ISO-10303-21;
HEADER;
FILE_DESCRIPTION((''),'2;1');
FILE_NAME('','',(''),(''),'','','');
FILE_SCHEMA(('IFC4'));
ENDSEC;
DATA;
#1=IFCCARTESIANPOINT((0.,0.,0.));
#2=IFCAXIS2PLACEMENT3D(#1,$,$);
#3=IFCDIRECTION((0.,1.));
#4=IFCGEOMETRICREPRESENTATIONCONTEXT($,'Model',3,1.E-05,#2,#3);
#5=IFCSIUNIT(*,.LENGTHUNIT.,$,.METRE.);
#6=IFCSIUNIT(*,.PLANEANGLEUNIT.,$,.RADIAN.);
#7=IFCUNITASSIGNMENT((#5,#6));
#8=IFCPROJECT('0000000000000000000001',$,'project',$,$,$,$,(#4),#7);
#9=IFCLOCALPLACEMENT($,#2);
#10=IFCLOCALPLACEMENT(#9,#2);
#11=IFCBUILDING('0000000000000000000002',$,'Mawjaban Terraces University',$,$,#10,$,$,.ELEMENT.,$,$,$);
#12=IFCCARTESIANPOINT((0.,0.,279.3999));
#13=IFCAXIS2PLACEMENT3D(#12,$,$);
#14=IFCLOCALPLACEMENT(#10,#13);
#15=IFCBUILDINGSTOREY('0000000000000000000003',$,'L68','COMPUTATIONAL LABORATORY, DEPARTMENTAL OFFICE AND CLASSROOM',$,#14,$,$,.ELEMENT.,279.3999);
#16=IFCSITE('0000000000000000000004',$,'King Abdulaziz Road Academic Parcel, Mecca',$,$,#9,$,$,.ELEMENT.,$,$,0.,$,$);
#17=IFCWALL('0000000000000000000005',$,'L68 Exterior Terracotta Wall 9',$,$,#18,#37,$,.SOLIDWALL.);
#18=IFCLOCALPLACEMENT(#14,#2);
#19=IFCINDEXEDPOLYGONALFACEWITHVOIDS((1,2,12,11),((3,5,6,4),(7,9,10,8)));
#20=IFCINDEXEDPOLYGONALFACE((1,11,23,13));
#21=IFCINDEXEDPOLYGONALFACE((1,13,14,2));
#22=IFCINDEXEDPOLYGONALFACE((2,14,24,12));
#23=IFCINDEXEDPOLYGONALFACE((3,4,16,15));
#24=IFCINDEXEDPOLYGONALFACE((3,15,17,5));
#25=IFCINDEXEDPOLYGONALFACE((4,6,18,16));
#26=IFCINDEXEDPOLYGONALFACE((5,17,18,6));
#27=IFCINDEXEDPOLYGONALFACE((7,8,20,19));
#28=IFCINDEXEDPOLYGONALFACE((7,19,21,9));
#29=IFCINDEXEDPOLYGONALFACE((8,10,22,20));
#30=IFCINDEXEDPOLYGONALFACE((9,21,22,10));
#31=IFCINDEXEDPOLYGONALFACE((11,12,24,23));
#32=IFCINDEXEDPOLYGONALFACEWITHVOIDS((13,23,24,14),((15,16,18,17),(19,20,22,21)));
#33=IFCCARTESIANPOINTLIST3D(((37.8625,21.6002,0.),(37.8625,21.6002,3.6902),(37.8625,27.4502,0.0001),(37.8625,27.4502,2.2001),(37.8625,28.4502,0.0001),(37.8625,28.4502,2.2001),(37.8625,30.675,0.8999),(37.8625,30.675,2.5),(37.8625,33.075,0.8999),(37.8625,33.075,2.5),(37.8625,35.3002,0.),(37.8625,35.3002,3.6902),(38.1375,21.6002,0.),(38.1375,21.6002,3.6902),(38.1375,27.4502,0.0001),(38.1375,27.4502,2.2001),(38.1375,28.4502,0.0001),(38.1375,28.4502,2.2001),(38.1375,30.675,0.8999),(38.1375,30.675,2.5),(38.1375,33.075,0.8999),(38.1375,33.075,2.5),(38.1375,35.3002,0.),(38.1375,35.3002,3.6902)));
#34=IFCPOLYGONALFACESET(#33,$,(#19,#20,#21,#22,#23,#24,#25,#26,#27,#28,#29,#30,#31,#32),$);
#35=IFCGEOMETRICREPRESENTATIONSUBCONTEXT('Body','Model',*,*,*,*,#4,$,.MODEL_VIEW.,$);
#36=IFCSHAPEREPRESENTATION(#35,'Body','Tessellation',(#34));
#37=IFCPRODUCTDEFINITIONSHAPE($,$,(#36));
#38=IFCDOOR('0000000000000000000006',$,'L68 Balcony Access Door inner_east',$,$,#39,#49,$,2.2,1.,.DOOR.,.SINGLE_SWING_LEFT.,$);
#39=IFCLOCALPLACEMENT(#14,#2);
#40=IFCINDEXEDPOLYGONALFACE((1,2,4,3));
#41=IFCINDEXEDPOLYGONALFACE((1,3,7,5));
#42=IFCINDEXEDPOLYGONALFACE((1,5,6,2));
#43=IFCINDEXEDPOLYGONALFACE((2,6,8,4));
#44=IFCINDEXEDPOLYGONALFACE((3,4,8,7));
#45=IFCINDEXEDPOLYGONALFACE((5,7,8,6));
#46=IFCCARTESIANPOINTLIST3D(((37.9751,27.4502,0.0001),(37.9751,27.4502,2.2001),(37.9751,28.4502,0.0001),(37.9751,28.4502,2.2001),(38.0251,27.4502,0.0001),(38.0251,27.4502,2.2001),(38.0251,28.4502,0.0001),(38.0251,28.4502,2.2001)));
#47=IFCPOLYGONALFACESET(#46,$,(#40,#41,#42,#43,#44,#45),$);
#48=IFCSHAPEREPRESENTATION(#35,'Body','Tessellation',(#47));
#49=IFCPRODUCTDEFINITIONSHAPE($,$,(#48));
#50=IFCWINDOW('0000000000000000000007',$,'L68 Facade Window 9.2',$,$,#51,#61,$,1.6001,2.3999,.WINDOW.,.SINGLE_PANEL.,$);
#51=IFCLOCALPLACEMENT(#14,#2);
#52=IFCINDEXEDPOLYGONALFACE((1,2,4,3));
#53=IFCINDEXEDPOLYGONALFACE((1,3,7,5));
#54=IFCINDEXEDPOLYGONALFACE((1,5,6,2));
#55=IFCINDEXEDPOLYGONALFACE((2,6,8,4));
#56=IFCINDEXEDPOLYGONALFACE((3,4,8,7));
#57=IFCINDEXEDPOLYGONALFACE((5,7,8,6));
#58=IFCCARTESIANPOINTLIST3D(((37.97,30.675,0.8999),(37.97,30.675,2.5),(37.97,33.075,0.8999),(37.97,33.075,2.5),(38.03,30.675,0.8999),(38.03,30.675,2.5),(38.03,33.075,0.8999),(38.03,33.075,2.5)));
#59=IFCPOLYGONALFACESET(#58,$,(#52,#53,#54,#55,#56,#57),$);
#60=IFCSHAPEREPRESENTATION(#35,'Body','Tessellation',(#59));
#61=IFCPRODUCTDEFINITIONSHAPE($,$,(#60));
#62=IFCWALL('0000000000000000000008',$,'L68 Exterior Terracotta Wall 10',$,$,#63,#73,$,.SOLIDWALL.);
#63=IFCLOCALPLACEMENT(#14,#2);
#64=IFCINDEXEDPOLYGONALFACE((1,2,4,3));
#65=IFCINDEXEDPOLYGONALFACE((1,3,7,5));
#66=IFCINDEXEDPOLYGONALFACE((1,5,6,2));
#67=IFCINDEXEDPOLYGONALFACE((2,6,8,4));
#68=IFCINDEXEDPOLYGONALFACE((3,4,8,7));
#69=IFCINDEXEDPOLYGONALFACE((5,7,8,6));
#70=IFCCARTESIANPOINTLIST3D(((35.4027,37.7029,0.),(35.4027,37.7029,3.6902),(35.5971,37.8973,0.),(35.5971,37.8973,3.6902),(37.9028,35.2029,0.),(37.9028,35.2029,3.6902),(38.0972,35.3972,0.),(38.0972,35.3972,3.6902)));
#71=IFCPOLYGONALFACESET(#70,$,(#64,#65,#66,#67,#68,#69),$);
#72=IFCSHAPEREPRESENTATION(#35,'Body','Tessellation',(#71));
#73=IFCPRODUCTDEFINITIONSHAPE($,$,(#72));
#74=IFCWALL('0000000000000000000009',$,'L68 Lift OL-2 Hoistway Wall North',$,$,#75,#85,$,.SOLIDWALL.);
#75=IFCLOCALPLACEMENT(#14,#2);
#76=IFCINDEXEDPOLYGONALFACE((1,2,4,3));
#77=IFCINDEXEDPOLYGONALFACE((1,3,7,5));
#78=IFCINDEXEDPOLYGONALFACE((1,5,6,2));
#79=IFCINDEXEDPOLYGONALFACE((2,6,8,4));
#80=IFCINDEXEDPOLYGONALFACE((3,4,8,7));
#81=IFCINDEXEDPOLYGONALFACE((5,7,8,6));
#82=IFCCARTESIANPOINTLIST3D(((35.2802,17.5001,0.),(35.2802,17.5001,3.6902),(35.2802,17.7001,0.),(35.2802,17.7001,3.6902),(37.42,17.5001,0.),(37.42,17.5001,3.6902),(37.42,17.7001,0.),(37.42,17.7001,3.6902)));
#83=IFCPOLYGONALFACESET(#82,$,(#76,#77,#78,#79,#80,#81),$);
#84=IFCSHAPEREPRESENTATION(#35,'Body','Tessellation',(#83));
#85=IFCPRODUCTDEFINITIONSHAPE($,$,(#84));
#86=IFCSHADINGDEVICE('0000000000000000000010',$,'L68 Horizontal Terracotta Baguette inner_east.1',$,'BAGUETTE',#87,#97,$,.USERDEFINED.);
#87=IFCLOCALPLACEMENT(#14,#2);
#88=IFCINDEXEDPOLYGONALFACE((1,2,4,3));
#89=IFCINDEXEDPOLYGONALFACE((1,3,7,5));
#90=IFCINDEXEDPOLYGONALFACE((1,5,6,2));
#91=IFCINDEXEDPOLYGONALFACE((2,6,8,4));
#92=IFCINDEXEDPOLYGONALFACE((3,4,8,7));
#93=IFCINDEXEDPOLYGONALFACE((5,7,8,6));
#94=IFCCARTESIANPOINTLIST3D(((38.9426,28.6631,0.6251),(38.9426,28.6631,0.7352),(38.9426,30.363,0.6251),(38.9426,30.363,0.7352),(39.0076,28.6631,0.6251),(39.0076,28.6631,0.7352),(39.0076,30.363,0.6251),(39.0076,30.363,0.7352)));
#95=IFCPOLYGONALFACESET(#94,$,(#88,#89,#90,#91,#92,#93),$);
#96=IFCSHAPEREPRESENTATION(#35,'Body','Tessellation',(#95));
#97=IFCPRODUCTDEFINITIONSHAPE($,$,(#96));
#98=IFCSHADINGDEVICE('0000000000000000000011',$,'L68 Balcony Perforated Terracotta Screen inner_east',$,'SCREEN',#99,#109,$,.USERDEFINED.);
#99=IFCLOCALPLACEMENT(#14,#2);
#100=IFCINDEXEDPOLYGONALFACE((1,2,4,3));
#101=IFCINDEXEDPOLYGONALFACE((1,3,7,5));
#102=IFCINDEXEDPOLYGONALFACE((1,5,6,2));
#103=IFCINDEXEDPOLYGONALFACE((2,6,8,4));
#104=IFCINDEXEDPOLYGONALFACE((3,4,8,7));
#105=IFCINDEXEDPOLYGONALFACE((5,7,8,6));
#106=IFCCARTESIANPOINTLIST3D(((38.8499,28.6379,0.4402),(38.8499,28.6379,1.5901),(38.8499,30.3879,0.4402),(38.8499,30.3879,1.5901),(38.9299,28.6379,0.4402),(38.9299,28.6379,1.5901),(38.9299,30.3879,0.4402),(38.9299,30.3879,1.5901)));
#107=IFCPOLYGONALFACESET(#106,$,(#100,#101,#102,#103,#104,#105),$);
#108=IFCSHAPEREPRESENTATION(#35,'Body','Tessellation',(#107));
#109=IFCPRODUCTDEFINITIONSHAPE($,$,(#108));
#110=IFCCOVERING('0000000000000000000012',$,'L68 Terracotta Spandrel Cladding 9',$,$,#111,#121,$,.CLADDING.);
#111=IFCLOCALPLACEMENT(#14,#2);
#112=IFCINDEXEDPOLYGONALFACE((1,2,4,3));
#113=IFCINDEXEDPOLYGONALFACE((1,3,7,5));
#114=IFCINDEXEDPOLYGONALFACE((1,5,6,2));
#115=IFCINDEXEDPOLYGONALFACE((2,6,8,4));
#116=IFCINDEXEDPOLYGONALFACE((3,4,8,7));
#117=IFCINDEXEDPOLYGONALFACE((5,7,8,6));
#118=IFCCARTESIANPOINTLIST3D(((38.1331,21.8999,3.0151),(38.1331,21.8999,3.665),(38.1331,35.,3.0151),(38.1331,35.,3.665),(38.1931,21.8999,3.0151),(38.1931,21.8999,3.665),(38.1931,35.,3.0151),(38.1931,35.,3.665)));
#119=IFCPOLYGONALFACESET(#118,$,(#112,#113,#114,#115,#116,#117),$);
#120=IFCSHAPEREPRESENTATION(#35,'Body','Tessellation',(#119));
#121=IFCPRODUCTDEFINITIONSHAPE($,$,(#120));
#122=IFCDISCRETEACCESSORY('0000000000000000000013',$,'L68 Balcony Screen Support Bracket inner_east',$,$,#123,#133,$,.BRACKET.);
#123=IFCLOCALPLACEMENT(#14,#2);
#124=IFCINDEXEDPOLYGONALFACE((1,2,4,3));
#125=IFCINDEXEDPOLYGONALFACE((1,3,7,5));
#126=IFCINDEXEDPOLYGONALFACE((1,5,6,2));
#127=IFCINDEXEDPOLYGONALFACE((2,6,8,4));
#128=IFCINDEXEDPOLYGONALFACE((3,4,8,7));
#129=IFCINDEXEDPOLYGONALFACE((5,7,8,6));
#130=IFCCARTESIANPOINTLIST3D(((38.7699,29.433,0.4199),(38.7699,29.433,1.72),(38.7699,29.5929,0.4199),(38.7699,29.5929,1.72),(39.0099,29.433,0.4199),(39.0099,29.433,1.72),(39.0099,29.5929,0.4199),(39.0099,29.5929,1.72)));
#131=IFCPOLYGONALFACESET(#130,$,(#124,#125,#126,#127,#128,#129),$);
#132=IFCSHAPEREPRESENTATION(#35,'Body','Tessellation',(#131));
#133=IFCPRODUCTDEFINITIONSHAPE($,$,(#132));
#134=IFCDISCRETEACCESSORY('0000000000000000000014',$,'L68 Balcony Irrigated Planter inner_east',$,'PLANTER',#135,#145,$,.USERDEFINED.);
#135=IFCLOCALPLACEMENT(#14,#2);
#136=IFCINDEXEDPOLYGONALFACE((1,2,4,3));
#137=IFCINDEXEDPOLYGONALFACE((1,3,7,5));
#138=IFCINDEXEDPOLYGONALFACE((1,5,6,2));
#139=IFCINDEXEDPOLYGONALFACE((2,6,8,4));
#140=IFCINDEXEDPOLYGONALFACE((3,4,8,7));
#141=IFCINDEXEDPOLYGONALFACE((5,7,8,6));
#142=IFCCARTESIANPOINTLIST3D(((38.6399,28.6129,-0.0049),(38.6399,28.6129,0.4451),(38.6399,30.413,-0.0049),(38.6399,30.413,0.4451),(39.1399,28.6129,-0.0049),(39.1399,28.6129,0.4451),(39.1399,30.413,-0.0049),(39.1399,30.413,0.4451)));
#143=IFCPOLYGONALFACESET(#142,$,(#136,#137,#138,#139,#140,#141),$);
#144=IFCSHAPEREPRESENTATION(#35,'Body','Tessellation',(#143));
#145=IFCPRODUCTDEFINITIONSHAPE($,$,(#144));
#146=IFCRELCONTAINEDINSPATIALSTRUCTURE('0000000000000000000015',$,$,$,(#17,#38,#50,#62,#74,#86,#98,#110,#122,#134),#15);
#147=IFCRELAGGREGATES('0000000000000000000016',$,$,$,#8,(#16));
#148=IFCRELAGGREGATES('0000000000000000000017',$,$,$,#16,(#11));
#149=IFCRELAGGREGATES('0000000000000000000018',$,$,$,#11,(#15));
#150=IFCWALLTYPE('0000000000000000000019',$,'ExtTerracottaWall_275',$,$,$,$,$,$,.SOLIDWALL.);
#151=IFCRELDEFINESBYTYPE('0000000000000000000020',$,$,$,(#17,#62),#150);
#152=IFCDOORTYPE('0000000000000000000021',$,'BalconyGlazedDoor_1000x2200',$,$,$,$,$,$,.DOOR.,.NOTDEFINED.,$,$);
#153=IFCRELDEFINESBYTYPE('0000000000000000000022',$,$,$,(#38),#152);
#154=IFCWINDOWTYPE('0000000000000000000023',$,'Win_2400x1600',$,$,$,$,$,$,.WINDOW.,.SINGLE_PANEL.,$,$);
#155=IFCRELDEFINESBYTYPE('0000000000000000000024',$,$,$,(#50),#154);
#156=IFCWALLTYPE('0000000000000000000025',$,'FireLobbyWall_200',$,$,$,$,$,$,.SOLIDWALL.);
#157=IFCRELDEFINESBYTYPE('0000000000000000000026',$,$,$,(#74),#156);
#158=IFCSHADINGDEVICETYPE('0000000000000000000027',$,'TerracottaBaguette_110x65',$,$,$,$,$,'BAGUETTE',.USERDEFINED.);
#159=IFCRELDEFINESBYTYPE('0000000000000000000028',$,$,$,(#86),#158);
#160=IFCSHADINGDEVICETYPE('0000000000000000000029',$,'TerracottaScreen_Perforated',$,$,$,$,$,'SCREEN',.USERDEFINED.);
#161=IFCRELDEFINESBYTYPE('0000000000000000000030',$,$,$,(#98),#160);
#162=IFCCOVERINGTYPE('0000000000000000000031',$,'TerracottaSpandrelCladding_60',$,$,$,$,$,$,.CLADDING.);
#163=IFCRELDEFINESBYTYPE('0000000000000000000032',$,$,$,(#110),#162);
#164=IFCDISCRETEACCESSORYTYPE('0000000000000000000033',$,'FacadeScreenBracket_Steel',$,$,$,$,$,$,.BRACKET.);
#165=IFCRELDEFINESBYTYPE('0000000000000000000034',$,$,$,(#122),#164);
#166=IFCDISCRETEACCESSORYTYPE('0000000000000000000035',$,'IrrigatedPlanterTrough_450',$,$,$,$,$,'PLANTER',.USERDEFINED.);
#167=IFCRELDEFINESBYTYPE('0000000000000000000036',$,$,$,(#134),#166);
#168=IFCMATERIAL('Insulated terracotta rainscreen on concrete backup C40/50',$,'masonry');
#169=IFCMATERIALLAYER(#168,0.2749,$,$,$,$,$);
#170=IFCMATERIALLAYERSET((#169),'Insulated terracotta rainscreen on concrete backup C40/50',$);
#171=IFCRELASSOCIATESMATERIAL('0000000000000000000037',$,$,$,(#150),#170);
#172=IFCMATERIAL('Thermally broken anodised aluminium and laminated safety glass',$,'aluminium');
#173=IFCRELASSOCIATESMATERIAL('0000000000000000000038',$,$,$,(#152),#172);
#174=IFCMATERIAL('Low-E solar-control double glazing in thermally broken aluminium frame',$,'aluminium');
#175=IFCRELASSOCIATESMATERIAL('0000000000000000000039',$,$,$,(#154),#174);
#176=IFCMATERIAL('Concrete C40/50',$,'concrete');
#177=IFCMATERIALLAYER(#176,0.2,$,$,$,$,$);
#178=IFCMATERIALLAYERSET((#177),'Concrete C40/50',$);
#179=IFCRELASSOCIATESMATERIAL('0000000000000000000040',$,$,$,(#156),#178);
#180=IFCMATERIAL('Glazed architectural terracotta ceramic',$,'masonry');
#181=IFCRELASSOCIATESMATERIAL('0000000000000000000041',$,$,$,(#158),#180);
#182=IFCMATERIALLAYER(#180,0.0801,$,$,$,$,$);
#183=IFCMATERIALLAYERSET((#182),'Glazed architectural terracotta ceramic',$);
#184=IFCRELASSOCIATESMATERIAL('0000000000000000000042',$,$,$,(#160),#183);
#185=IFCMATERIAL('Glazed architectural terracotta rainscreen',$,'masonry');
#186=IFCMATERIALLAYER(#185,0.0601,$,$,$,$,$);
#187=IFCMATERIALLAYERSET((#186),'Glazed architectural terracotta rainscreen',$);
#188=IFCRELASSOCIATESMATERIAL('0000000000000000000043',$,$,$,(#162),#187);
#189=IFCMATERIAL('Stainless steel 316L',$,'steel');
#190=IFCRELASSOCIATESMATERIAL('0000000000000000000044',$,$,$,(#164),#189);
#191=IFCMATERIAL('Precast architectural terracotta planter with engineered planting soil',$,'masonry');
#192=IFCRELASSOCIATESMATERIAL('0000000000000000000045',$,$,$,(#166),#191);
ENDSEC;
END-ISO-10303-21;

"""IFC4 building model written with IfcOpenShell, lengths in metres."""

from ifc_helpers import new_model, si_unit, direction, frame, frame_2d, origin, origin_2d, place, context, subcontext, project, spatial, rectangle, extrude, material, layer, layer_set, material_profile, profile_set, type_object, element, fill, save


model = new_model("IFC4")

# Units and contexts
model_context = context("Model", 3, precision=1e-05, world=origin(), true_north=direction((0.0, 1.0)))
body_context = subcontext(model_context, "Body", "Model", "MODEL_VIEW")
ifc_project = project(units=[si_unit("LENGTHUNIT", "METRE"), si_unit("PLANEANGLEUNIT", "RADIAN")], contexts=[model_context])

# Site, building, storey
site_placement = place(None, origin())
site = spatial("IfcSite", under=ifc_project, at=site_placement, Name="King Abdulaziz Road Academic Parcel, Mecca", CompositionType="ELEMENT", RefElevation=0.0)
building_placement = place(site_placement, origin())
building = spatial("IfcBuilding", under=site, at=building_placement, Name="Mawjaban Terraces University", CompositionType="ELEMENT")
storey_placement = place(building_placement, frame((0.0, 0.0, 279.3999)))
storey = spatial("IfcBuildingStorey", under=building, at=storey_placement, Name="L68", Description="COMPUTATIONAL LABORATORY, DEPARTMENTAL OFFICE AND CLASSROOM", CompositionType="ELEMENT", Elevation=279.3999)

# Wall, openings, door, window
ifc_material_1 = material(Name="Insulated terracotta rainscreen on concrete backup C40/50", Category="masonry")
ifc_layer_1 = layer(ifc_material_1, 0.2749)
ifc_layer_set_1 = layer_set([ifc_layer_1], Name="Insulated terracotta rainscreen on concrete backup C40/50")
wall_type_1 = type_object("IfcWallType", Name="ExtTerracottaWall_275", PredefinedType="SOLIDWALL", material=ifc_layer_set_1)
wall_1_placement = place(storey_placement, frame((38.0, 21.6001, 0.0), z_axis=(0.0, 0.0, 1.0), x_axis=(0.0, 1.0, 0.0)))
wall_1 = element("IfcWall", 1, at=wall_1_placement, inside=storey, type_object=wall_type_1, Name="L68 Exterior Terracotta Wall 9", PredefinedType="SOLIDWALL", context=body_context, shape_type="SweptSolid", body=[
    extrude(rectangle(XDim=13.7, YDim=0.2749, at=frame_2d((6.8501, 0.0))), origin(), (0.0, 0.0, 1.0), 3.6902),
])
opening_1_placement = place(wall_1_placement, frame((5.8501, 0.0, 0.0)))
opening_1 = element("IfcOpeningElement", 2, at=opening_1_placement, cuts=wall_1, PredefinedType="OPENING", context=body_context, shape_type="SweptSolid", body=[
    extrude(rectangle(XDim=1.0, YDim=2.2, at=frame_2d((0.5, 1.1001))), frame((0.0, 0.1475, 0.0), z_axis=(0.0, -1.0, 0.0), x_axis=(1.0, 0.0, 0.0)), (0.0, 0.0, 1.0), 0.2949),
])
opening_2_placement = place(wall_1_placement, frame((9.075, 0.0, 0.8999)))
opening_2 = element("IfcOpeningElement", 3, at=opening_2_placement, cuts=wall_1, PredefinedType="OPENING", context=body_context, shape_type="SweptSolid", body=[
    extrude(rectangle(XDim=2.3999, YDim=1.6001, at=frame_2d((1.2, 0.8))), frame((0.0, 0.1475, 0.0), z_axis=(0.0, -1.0, 0.0), x_axis=(1.0, 0.0, 0.0)), (0.0, 0.0, 1.0), 0.2949),
])
ifc_material_2 = material(Name="Thermally broken anodised aluminium and laminated safety glass", Category="aluminium")
door_type = type_object("IfcDoorType", Name="BalconyGlazedDoor_1000x2200", OperationType="NOTDEFINED", PredefinedType="DOOR", material=ifc_material_2)
door_placement = place(opening_1_placement, origin())
door = element("IfcDoor", 4, at=door_placement, inside=storey, type_object=door_type, Name="L68 Balcony Access Door inner_east", OperationType="SINGLE_SWING_LEFT", OverallHeight=2.2, OverallWidth=1.0, PredefinedType="DOOR", context=body_context, shape_type="SweptSolid", body=[
    extrude(rectangle(XDim=1.0, YDim=2.2, at=frame_2d((0.5, 1.1001))), frame((0.0, 0.0249, 0.0), z_axis=(0.0, -1.0, 0.0), x_axis=(1.0, 0.0, 0.0)), (0.0, 0.0, 1.0), 0.05),
])
fill(opening_1, door)
ifc_material_3 = material(Name="Low-E solar-control double glazing in thermally broken aluminium frame", Category="aluminium")
window_type = type_object("IfcWindowType", Name="Win_2400x1600", PartitioningType="SINGLE_PANEL", PredefinedType="WINDOW", material=ifc_material_3)
window_placement = place(opening_2_placement, origin())
window = element("IfcWindow", 5, at=window_placement, inside=storey, type_object=window_type, Name="L68 Facade Window 9.2", OverallHeight=1.6001, OverallWidth=2.3999, PartitioningType="SINGLE_PANEL", PredefinedType="WINDOW", context=body_context, shape_type="SweptSolid", body=[
    extrude(rectangle(XDim=2.3999, YDim=1.6001, at=frame_2d((1.2, 0.8))), frame((0.0, 0.03, 0.0), z_axis=(0.0, -1.0, 0.0), x_axis=(1.0, 0.0, 0.0)), (0.0, 0.0, 1.0), 0.0601),
])
fill(opening_2, window)

# Walls
wall_2_placement = place(storey_placement, frame((38.0, 35.3, 0.0), z_axis=(0.0, 0.0, 1.0), x_axis=(-0.707107, 0.707107, 0.0)))
element("IfcWall", 6, at=wall_2_placement, inside=storey, type_object=wall_type_1, Name="L68 Exterior Terracotta Wall 10", PredefinedType="SOLIDWALL", context=body_context, shape_type="SweptSolid", body=[
    extrude(rectangle(XDim=3.5356, YDim=0.2749, at=frame_2d((1.7678, 0.0))), origin(), (0.0, 0.0, 1.0), 3.6902),
])
ifc_material_4 = material(Name="Concrete C40/50", Category="concrete")
ifc_layer_2 = layer(ifc_material_4, 0.2)
ifc_layer_set_2 = layer_set([ifc_layer_2], Name="Concrete C40/50")
wall_type_2 = type_object("IfcWallType", Name="FireLobbyWall_200", PredefinedType="SOLIDWALL", material=ifc_layer_set_2)
wall_3_placement = place(storey_placement, frame((37.4199, 17.6001, 0.0), z_axis=(0.0, 0.0, 1.0), x_axis=(-1.0, 0.0, 0.0)))
element("IfcWall", 7, at=wall_3_placement, inside=storey, type_object=wall_type_2, Name="L68 Lift OL-2 Hoistway Wall North", PredefinedType="SOLIDWALL", context=body_context, shape_type="SweptSolid", body=[
    extrude(rectangle(XDim=2.1399, YDim=0.2, at=frame_2d((1.0698, 0.0))), origin(), (0.0, 0.0, 1.0), 3.6902),
])

# Shading devices
ifc_material_5 = material(Name="Glazed architectural terracotta ceramic", Category="masonry")
ifc_material_profile_1 = material_profile(ifc_material_5, rectangle(XDim=0.0649, YDim=0.1101, at=origin_2d()), Name="TBAG110X65")
ifc_profile_set_1 = profile_set([ifc_material_profile_1], Name="Glazed architectural terracotta ceramic")
shading_device_type_1 = type_object("IfcShadingDeviceType", Name="TerracottaBaguette_110x65", ElementType="BAGUETTE", PredefinedType="USERDEFINED", material=ifc_profile_set_1)
shading_device_1_placement = place(storey_placement, frame((38.9751, 28.6631, 0.6802), z_axis=(0.0, 1.0, 0.0), x_axis=(-1.0, 0.0, 0.0)))
element("IfcShadingDevice", 8, at=shading_device_1_placement, inside=storey, type_object=shading_device_type_1, Name="L68 Horizontal Terracotta Baguette inner_east.1", ObjectType="BAGUETTE", PredefinedType="USERDEFINED", context=body_context, shape_type="SweptSolid", body=[
    extrude(rectangle(XDim=0.0649, YDim=0.1101, at=origin_2d()), origin(), (0.0, 0.0, 1.0), 1.7),
])
ifc_layer_3 = layer(ifc_material_5, 0.0801)
ifc_layer_set_3 = layer_set([ifc_layer_3], Name="Glazed architectural terracotta ceramic")
shading_device_type_2 = type_object("IfcShadingDeviceType", Name="TerracottaScreen_Perforated", ElementType="SCREEN", PredefinedType="USERDEFINED", material=ifc_layer_set_3)
shading_device_2_placement = place(storey_placement, frame((38.8899, 29.5129, 0.4402), z_axis=(0.0, 0.0, 1.0), x_axis=(0.0, 1.0, 0.0)))
element("IfcShadingDevice", 9, at=shading_device_2_placement, inside=storey, type_object=shading_device_type_2, Name="L68 Balcony Perforated Terracotta Screen inner_east", ObjectType="SCREEN", PredefinedType="USERDEFINED", context=body_context, shape_type="SweptSolid", body=[
    extrude(rectangle(XDim=1.75, YDim=0.0801, at=origin_2d()), origin(), (0.0, 0.0, 1.0), 1.1499),
])

# Covering
ifc_material_6 = material(Name="Glazed architectural terracotta rainscreen", Category="masonry")
ifc_layer_4 = layer(ifc_material_6, 0.0601)
ifc_layer_set_4 = layer_set([ifc_layer_4], Name="Glazed architectural terracotta rainscreen")
covering_type = type_object("IfcCoveringType", Name="TerracottaSpandrelCladding_60", PredefinedType="CLADDING", material=ifc_layer_set_4)
covering_placement = place(storey_placement, frame((38.1631, 28.45, 3.0151), z_axis=(0.0, 0.0, 1.0), x_axis=(0.0, 1.0, 0.0)))
element("IfcCovering", 10, at=covering_placement, inside=storey, type_object=covering_type, Name="L68 Terracotta Spandrel Cladding 9", PredefinedType="CLADDING", context=body_context, shape_type="SweptSolid", body=[
    extrude(rectangle(XDim=13.1001, YDim=0.0601, at=origin_2d()), origin(), (0.0, 0.0, 1.0), 0.6499),
])

# Discrete accessories
ifc_material_7 = material(Name="Stainless steel 316L", Category="steel")
discrete_accessory_type_1 = type_object("IfcDiscreteAccessoryType", Name="FacadeScreenBracket_Steel", PredefinedType="BRACKET", material=ifc_material_7)
discrete_accessory_1_placement = place(storey_placement, frame((38.8899, 29.5129, 0.4199), z_axis=(0.0, 0.0, 1.0), x_axis=(0.0, 1.0, 0.0)))
element("IfcDiscreteAccessory", 11, at=discrete_accessory_1_placement, inside=storey, type_object=discrete_accessory_type_1, Name="L68 Balcony Screen Support Bracket inner_east", PredefinedType="BRACKET", context=body_context, shape_type="SweptSolid", body=[
    extrude(rectangle(XDim=0.1599, YDim=0.24, at=origin_2d()), origin(), (0.0, 0.0, 1.0), 1.3),
])
ifc_material_8 = material(Name="Precast architectural terracotta planter with engineered planting soil", Category="masonry")
discrete_accessory_type_2 = type_object("IfcDiscreteAccessoryType", Name="IrrigatedPlanterTrough_450", ElementType="PLANTER", PredefinedType="USERDEFINED", material=ifc_material_8)
discrete_accessory_2_placement = place(storey_placement, frame((38.8899, 29.5129, -0.0049), z_axis=(0.0, 0.0, 1.0), x_axis=(0.0, 1.0, 0.0)))
element("IfcDiscreteAccessory", 12, at=discrete_accessory_2_placement, inside=storey, type_object=discrete_accessory_type_2, Name="L68 Balcony Irrigated Planter inner_east", ObjectType="PLANTER", PredefinedType="USERDEFINED", context=body_context, shape_type="SweptSolid", body=[
    extrude(rectangle(XDim=1.8, YDim=0.5, at=origin_2d()), origin(), (0.0, 0.0, 1.0), 0.45),
])

save(model, "model.ifc")
